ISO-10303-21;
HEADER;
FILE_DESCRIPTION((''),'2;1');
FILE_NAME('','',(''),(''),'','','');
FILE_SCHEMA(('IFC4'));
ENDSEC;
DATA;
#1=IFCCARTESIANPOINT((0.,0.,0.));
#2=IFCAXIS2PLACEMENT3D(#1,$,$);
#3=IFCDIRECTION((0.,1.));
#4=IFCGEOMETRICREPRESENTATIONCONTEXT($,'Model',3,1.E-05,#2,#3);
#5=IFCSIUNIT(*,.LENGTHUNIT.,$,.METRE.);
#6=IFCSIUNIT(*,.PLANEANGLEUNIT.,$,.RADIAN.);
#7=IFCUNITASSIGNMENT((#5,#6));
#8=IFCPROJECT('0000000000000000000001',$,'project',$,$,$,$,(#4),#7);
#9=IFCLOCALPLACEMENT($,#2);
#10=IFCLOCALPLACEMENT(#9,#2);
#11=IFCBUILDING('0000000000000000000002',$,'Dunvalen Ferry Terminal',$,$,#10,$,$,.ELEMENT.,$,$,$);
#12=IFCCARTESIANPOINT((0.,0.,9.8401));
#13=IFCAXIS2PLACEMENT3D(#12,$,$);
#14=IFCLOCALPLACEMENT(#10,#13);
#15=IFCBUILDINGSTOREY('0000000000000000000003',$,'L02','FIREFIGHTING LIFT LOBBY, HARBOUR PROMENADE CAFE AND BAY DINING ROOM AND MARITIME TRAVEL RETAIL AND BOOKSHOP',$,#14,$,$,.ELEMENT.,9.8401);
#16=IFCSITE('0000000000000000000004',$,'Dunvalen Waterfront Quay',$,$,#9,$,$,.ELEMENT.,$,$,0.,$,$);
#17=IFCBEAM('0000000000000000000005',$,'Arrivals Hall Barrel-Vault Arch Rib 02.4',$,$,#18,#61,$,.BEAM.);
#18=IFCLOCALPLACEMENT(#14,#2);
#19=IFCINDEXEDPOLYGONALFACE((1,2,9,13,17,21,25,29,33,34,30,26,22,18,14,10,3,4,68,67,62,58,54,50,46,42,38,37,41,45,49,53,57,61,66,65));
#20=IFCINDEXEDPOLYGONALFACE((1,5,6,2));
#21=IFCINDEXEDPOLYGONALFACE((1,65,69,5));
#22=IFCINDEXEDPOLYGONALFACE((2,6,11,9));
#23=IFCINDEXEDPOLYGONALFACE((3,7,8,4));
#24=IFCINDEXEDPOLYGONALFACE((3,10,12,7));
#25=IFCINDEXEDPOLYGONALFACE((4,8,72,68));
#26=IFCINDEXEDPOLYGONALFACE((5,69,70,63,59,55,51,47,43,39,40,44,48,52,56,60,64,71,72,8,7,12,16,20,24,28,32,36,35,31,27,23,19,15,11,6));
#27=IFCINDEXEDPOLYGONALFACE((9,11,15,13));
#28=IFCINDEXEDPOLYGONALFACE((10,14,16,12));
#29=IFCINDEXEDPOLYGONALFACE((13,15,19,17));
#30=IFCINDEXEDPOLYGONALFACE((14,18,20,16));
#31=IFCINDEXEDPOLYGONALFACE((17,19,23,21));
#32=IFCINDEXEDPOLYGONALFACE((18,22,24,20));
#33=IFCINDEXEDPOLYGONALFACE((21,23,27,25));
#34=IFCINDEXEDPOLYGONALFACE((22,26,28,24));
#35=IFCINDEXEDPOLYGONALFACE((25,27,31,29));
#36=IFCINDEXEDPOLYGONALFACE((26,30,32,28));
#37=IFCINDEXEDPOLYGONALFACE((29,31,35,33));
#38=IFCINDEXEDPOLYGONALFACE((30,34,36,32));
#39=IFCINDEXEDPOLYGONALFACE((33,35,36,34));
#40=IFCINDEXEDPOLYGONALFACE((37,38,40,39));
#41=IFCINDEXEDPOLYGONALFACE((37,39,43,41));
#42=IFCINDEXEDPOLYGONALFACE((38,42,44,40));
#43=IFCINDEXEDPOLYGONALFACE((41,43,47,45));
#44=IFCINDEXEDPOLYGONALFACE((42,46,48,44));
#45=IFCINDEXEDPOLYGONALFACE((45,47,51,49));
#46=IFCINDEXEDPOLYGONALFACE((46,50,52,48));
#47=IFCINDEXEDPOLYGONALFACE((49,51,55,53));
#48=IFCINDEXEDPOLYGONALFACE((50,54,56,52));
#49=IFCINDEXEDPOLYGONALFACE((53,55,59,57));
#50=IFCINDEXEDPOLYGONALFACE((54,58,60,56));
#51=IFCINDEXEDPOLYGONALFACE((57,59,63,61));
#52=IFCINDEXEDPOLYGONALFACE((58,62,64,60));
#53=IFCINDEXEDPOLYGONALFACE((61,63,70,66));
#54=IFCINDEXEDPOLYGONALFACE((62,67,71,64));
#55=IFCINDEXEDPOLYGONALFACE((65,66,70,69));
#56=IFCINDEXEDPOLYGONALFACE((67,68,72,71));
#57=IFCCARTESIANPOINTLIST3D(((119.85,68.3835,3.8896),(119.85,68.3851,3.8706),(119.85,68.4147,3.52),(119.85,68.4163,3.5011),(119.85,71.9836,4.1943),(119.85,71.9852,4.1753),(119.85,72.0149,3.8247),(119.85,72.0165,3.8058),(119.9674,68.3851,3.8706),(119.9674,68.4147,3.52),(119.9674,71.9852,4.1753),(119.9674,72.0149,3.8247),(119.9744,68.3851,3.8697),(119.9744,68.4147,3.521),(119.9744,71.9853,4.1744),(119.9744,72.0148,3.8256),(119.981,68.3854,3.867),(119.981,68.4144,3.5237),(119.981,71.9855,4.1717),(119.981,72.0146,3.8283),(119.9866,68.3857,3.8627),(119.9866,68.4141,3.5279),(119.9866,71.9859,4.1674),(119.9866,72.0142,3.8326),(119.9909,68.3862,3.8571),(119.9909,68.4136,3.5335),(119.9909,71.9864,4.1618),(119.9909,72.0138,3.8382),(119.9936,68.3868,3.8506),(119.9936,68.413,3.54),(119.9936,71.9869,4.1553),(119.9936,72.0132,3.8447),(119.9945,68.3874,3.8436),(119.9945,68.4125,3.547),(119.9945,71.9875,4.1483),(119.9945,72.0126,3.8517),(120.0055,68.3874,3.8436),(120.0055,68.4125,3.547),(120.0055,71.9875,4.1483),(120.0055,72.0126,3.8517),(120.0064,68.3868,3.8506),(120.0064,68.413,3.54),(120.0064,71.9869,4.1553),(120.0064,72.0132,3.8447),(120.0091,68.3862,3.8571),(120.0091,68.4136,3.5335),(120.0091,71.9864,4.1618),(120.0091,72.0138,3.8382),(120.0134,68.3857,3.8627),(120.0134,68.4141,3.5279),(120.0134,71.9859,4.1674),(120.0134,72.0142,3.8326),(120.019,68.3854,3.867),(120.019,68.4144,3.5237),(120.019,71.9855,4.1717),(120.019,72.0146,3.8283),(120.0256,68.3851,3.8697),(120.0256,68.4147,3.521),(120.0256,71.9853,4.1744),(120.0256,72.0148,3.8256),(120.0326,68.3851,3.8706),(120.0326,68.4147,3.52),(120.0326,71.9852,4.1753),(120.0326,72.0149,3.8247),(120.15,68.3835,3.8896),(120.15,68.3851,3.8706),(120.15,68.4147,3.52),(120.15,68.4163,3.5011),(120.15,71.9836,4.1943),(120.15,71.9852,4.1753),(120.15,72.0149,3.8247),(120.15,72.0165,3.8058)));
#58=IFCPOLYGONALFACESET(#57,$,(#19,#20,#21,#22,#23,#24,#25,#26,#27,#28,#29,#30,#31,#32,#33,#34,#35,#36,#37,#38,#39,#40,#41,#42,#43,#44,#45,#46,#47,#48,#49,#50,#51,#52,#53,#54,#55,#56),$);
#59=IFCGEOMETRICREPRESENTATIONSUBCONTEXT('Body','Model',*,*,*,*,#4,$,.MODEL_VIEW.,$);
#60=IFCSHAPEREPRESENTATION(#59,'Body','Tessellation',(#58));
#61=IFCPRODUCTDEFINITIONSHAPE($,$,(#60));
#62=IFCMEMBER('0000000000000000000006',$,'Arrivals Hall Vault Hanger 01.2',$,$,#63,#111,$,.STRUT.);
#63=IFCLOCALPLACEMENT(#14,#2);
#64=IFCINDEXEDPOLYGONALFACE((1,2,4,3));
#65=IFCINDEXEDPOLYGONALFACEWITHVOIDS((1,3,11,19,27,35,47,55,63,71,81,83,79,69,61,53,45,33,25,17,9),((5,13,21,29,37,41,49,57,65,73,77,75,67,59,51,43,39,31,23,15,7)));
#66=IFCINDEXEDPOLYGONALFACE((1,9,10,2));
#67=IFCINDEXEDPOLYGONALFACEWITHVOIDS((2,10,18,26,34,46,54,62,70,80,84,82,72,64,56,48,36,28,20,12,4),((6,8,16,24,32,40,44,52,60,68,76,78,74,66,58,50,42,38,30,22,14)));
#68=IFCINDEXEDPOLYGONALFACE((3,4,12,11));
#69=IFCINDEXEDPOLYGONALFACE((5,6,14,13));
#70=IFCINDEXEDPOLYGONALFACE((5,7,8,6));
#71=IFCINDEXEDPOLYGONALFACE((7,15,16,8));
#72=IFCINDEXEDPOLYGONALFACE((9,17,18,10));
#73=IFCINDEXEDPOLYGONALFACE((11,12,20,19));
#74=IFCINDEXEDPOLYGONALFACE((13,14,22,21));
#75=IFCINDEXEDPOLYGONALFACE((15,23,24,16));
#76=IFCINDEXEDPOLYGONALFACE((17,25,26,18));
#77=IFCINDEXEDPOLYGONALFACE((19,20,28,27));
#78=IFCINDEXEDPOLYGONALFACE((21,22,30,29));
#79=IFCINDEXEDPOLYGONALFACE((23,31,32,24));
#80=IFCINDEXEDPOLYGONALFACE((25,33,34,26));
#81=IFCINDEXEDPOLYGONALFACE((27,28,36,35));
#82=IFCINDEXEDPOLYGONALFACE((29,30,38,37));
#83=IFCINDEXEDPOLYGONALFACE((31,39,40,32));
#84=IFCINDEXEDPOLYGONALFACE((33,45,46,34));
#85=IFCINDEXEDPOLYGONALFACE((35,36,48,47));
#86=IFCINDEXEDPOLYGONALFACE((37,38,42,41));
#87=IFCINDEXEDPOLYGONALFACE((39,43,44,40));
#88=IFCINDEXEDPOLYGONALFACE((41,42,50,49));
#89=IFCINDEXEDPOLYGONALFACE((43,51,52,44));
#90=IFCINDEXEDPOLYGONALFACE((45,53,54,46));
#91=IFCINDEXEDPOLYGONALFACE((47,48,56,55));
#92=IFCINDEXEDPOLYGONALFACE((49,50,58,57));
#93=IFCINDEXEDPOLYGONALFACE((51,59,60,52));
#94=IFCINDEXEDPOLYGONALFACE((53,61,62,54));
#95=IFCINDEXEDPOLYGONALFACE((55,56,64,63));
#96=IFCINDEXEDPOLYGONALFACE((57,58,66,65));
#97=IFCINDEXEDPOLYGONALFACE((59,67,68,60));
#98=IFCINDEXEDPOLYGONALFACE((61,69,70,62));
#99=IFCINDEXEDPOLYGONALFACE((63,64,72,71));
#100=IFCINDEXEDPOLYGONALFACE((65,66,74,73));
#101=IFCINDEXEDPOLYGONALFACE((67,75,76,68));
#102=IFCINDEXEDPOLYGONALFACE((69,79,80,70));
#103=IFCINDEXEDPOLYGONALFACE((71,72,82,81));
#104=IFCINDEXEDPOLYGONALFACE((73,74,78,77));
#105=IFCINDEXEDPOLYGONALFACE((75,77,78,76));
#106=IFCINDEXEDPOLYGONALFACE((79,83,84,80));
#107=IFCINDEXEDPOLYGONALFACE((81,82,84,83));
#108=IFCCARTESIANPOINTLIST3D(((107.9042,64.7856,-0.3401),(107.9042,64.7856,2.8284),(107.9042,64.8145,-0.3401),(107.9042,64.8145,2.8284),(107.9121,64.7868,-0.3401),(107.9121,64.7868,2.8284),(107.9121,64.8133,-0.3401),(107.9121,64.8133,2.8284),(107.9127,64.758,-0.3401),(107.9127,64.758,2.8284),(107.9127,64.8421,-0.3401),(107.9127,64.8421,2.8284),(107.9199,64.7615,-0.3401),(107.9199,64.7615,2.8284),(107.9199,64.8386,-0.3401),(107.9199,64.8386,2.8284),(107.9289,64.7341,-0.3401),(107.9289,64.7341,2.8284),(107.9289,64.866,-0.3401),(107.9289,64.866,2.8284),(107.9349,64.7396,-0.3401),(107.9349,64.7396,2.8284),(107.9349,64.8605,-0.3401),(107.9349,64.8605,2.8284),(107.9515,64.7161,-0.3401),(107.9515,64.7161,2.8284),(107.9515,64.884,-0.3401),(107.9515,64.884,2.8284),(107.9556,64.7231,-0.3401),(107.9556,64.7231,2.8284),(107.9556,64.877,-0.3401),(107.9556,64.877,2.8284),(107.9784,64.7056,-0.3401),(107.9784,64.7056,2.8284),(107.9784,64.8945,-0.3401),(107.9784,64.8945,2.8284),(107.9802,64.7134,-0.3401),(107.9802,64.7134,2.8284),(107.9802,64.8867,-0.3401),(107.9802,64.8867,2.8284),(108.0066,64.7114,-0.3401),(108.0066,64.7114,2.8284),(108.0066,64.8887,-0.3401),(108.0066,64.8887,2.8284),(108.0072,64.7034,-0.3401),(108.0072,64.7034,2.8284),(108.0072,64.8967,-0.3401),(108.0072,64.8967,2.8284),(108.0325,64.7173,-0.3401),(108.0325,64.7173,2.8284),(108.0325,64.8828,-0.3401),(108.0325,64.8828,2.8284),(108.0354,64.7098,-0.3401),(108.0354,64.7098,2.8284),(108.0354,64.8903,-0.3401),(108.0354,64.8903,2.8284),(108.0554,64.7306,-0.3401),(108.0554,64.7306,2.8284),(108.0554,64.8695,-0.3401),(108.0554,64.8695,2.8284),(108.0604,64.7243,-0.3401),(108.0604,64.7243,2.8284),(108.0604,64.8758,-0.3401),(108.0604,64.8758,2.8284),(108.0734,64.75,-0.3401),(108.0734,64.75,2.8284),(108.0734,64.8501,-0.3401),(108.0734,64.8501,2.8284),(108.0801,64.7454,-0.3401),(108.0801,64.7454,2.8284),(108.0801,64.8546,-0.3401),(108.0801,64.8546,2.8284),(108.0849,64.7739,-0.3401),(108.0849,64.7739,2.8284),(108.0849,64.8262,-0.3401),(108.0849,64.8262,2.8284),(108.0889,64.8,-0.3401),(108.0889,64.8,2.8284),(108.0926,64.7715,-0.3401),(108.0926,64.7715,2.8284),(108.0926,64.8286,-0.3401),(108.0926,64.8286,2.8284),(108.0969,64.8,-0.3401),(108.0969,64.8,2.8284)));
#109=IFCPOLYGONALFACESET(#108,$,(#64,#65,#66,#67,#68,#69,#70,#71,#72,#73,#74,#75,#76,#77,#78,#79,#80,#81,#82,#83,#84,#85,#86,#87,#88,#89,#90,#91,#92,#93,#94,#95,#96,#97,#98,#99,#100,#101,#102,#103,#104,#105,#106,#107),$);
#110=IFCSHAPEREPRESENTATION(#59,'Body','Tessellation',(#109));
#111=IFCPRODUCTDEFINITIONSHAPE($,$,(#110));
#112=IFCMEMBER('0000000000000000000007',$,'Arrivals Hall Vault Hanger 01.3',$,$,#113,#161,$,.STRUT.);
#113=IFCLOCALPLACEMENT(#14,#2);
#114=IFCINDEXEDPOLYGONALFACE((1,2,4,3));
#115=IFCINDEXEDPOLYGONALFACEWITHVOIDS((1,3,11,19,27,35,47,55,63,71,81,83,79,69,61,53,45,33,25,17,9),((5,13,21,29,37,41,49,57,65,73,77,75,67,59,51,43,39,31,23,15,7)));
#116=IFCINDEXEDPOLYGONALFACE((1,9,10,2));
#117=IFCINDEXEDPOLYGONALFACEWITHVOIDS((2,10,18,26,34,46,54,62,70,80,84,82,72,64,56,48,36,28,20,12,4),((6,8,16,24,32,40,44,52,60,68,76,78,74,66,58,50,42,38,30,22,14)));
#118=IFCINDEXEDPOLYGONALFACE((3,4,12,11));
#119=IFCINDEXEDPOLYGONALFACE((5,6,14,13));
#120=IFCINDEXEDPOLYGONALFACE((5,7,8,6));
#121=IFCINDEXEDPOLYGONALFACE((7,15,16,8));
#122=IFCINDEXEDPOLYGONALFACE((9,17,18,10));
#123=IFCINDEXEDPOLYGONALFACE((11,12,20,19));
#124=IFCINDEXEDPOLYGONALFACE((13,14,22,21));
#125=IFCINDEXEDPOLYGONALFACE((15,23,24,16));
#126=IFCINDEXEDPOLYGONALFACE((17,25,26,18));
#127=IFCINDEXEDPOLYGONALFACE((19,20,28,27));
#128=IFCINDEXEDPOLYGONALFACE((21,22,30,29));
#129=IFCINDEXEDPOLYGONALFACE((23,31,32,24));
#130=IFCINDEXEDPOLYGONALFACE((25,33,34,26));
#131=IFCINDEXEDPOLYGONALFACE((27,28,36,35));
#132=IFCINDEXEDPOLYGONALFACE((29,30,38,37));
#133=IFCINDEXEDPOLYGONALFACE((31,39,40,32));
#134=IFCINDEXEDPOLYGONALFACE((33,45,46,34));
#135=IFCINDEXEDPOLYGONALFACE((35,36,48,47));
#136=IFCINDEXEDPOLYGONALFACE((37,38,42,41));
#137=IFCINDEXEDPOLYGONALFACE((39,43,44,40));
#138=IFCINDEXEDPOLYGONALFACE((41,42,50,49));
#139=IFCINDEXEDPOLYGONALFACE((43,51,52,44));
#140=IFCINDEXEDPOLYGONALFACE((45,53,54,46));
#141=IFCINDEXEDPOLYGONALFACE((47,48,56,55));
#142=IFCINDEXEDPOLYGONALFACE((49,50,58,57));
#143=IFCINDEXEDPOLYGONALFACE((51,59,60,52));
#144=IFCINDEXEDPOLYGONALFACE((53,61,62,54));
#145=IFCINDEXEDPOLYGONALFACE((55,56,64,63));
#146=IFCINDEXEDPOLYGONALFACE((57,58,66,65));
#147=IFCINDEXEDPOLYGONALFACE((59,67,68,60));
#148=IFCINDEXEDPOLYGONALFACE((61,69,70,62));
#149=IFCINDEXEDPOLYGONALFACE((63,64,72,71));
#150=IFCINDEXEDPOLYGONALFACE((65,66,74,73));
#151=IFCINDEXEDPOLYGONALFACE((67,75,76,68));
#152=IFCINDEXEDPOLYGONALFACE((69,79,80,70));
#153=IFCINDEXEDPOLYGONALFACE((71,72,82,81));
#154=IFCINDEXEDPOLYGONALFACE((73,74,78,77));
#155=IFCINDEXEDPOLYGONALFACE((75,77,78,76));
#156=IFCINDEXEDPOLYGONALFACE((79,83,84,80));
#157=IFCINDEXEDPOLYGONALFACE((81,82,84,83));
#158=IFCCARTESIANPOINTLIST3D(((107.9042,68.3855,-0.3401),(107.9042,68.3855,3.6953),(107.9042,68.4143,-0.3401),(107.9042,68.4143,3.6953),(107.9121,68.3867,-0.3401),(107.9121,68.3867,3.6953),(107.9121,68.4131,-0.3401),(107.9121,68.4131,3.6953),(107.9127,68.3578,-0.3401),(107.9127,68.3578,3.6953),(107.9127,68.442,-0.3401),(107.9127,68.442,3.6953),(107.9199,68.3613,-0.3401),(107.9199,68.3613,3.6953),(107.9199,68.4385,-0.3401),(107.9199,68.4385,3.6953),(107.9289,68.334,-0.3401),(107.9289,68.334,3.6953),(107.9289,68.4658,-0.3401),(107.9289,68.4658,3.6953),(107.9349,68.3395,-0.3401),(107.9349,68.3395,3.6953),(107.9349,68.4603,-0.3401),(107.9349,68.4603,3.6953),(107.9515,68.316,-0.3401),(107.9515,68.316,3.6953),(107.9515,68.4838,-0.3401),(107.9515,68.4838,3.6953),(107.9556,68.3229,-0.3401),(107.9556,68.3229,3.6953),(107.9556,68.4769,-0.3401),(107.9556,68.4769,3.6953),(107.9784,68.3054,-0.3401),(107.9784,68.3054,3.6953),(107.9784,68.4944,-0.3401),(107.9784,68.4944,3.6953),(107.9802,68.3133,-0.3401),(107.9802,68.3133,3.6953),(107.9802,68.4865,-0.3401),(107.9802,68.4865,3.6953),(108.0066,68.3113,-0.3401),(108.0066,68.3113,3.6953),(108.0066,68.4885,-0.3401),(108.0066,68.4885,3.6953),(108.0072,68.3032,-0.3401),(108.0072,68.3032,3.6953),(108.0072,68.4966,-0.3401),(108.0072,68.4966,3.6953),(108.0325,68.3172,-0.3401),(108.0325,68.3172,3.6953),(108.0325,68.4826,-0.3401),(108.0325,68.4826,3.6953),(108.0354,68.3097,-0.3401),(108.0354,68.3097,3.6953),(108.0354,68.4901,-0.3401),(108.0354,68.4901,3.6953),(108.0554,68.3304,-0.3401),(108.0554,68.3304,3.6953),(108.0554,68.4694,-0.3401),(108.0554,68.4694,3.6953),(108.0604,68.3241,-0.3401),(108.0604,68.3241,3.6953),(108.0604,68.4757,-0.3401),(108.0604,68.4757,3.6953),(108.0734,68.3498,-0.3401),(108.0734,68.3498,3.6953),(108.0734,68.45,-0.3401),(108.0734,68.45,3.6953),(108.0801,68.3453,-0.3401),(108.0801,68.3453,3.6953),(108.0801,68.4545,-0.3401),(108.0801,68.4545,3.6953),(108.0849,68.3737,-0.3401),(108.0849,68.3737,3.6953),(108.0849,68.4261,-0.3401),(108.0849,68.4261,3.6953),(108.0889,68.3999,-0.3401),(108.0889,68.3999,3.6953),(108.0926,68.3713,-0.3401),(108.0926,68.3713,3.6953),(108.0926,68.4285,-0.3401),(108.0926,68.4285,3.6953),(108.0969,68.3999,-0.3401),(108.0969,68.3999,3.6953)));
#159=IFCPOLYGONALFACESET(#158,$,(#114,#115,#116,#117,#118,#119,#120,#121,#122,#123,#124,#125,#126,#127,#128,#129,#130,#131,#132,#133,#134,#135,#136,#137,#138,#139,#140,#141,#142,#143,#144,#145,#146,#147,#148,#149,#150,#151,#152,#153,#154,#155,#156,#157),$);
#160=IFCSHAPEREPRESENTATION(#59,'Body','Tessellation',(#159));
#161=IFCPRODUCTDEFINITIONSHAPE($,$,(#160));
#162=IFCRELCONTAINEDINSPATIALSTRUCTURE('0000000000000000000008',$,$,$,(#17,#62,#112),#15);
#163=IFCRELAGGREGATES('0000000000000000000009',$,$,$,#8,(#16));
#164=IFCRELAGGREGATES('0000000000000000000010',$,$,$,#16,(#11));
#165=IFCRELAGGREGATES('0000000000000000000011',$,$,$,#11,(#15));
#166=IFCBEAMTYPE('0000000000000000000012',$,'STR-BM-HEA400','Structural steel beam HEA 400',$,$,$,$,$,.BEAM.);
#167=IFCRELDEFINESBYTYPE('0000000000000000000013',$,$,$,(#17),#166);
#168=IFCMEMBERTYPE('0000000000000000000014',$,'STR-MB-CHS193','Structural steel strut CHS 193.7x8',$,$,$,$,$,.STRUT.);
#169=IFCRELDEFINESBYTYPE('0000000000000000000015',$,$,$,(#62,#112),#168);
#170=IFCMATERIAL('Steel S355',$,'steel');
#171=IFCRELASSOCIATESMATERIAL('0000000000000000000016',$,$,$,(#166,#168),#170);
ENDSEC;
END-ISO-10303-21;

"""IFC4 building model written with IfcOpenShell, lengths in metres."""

from ifc_helpers import new_model, si_unit, direction, frame, origin, origin_2d, place, context, subcontext, project, spatial, hollow_circle, i_section, extrude, material, material_profile, profile_set, type_object, element, save


model = new_model("IFC4")

# Units and contexts
model_context = context("Model", 3, precision=1e-05, world=origin(), true_north=direction((0.0, 1.0)))
body_context = subcontext(model_context, "Body", "Model", "MODEL_VIEW")
ifc_project = project(units=[si_unit("LENGTHUNIT", "METRE"), si_unit("PLANEANGLEUNIT", "RADIAN")], contexts=[model_context])

# Site, building, storey
site_placement = place(None, origin())
site = spatial("IfcSite", under=ifc_project, at=site_placement, Name="Dunvalen Waterfront Quay", CompositionType="ELEMENT", RefElevation=0.0)
building_placement = place(site_placement, origin())
building = spatial("IfcBuilding", under=site, at=building_placement, Name="Dunvalen Ferry Terminal", CompositionType="ELEMENT")
storey_placement = place(building_placement, frame((0.0, 0.0, 9.8401)))
storey = spatial("IfcBuildingStorey", under=building, at=storey_placement, Name="L02", Description="FIREFIGHTING LIFT LOBBY, HARBOUR PROMENADE CAFE AND BAY DINING ROOM AND MARITIME TRAVEL RETAIL AND BOOKSHOP", CompositionType="ELEMENT", Elevation=9.8401)

# Beam
ifc_material_1 = material(Name="Steel S355", Category="steel")
ifc_material_profile_1 = material_profile(ifc_material_1, i_section(OverallWidth=0.3, OverallDepth=0.3899, WebThickness=0.011, FlangeThickness=0.019, FilletRadius=0.0271, at=origin_2d()), Name="Steel S355")
ifc_profile_set_1 = profile_set([ifc_material_profile_1], Name="Steel S355")
beam_type = type_object("IfcBeamType", Name="STR-BM-HEA400", Description="Structural steel beam HEA 400", PredefinedType="BEAM", material=ifc_profile_set_1)
beam_1_placement = place(storey_placement, frame((120.0, 68.3999, 3.6953), z_axis=(0.0, 0.996438, 0.084332), x_axis=(-1.0, 0.0, 0.0)))
element("IfcBeam", 1, at=beam_1_placement, inside=storey, type_object=beam_type, Name="Arrivals Hall Barrel-Vault Arch Rib 02.4", PredefinedType="BEAM", context=body_context, shape_type="SweptSolid", body=[
    extrude(i_section(OverallWidth=0.3, OverallDepth=0.3899, WebThickness=0.011, FlangeThickness=0.019, FilletRadius=0.0271, at=origin_2d()), origin(), (0.0, 0.0, 1.0), 3.613),
])

# Members
ifc_material_profile_2 = material_profile(ifc_material_1, hollow_circle(Radius=0.0969, WallThickness=0.0081, at=origin_2d()), Name="Steel S355")
ifc_profile_set_2 = profile_set([ifc_material_profile_2], Name="Steel S355")
member_type_1 = type_object("IfcMemberType", Name="STR-MB-CHS193", Description="Structural steel strut CHS 193.7x8", PredefinedType="STRUT", material=ifc_profile_set_2)
member_1_placement = place(storey_placement, frame((108.0, 64.8, -0.3401), z_axis=(0.0, 0.0, 1.0), x_axis=(1.0, 0.0, 0.0)))
element("IfcMember", 2, at=member_1_placement, inside=storey, type_object=member_type_1, Name="Arrivals Hall Vault Hanger 01.2", PredefinedType="STRUT", context=body_context, shape_type="SweptSolid", body=[
    extrude(hollow_circle(Radius=0.0969, WallThickness=0.0081, at=origin_2d()), origin(), (0.0, 0.0, 1.0), 3.1685),
])
member_2_placement = place(storey_placement, frame((108.0, 68.3999, -0.3401), z_axis=(0.0, 0.0, 1.0), x_axis=(1.0, 0.0, 0.0)))
element("IfcMember", 3, at=member_2_placement, inside=storey, type_object=member_type_1, Name="Arrivals Hall Vault Hanger 01.3", PredefinedType="STRUT", context=body_context, shape_type="SweptSolid", body=[
    extrude(hollow_circle(Radius=0.0969, WallThickness=0.0081, at=origin_2d()), origin(), (0.0, 0.0, 1.0), 4.0354),
])

save(model, "model.ifc")
